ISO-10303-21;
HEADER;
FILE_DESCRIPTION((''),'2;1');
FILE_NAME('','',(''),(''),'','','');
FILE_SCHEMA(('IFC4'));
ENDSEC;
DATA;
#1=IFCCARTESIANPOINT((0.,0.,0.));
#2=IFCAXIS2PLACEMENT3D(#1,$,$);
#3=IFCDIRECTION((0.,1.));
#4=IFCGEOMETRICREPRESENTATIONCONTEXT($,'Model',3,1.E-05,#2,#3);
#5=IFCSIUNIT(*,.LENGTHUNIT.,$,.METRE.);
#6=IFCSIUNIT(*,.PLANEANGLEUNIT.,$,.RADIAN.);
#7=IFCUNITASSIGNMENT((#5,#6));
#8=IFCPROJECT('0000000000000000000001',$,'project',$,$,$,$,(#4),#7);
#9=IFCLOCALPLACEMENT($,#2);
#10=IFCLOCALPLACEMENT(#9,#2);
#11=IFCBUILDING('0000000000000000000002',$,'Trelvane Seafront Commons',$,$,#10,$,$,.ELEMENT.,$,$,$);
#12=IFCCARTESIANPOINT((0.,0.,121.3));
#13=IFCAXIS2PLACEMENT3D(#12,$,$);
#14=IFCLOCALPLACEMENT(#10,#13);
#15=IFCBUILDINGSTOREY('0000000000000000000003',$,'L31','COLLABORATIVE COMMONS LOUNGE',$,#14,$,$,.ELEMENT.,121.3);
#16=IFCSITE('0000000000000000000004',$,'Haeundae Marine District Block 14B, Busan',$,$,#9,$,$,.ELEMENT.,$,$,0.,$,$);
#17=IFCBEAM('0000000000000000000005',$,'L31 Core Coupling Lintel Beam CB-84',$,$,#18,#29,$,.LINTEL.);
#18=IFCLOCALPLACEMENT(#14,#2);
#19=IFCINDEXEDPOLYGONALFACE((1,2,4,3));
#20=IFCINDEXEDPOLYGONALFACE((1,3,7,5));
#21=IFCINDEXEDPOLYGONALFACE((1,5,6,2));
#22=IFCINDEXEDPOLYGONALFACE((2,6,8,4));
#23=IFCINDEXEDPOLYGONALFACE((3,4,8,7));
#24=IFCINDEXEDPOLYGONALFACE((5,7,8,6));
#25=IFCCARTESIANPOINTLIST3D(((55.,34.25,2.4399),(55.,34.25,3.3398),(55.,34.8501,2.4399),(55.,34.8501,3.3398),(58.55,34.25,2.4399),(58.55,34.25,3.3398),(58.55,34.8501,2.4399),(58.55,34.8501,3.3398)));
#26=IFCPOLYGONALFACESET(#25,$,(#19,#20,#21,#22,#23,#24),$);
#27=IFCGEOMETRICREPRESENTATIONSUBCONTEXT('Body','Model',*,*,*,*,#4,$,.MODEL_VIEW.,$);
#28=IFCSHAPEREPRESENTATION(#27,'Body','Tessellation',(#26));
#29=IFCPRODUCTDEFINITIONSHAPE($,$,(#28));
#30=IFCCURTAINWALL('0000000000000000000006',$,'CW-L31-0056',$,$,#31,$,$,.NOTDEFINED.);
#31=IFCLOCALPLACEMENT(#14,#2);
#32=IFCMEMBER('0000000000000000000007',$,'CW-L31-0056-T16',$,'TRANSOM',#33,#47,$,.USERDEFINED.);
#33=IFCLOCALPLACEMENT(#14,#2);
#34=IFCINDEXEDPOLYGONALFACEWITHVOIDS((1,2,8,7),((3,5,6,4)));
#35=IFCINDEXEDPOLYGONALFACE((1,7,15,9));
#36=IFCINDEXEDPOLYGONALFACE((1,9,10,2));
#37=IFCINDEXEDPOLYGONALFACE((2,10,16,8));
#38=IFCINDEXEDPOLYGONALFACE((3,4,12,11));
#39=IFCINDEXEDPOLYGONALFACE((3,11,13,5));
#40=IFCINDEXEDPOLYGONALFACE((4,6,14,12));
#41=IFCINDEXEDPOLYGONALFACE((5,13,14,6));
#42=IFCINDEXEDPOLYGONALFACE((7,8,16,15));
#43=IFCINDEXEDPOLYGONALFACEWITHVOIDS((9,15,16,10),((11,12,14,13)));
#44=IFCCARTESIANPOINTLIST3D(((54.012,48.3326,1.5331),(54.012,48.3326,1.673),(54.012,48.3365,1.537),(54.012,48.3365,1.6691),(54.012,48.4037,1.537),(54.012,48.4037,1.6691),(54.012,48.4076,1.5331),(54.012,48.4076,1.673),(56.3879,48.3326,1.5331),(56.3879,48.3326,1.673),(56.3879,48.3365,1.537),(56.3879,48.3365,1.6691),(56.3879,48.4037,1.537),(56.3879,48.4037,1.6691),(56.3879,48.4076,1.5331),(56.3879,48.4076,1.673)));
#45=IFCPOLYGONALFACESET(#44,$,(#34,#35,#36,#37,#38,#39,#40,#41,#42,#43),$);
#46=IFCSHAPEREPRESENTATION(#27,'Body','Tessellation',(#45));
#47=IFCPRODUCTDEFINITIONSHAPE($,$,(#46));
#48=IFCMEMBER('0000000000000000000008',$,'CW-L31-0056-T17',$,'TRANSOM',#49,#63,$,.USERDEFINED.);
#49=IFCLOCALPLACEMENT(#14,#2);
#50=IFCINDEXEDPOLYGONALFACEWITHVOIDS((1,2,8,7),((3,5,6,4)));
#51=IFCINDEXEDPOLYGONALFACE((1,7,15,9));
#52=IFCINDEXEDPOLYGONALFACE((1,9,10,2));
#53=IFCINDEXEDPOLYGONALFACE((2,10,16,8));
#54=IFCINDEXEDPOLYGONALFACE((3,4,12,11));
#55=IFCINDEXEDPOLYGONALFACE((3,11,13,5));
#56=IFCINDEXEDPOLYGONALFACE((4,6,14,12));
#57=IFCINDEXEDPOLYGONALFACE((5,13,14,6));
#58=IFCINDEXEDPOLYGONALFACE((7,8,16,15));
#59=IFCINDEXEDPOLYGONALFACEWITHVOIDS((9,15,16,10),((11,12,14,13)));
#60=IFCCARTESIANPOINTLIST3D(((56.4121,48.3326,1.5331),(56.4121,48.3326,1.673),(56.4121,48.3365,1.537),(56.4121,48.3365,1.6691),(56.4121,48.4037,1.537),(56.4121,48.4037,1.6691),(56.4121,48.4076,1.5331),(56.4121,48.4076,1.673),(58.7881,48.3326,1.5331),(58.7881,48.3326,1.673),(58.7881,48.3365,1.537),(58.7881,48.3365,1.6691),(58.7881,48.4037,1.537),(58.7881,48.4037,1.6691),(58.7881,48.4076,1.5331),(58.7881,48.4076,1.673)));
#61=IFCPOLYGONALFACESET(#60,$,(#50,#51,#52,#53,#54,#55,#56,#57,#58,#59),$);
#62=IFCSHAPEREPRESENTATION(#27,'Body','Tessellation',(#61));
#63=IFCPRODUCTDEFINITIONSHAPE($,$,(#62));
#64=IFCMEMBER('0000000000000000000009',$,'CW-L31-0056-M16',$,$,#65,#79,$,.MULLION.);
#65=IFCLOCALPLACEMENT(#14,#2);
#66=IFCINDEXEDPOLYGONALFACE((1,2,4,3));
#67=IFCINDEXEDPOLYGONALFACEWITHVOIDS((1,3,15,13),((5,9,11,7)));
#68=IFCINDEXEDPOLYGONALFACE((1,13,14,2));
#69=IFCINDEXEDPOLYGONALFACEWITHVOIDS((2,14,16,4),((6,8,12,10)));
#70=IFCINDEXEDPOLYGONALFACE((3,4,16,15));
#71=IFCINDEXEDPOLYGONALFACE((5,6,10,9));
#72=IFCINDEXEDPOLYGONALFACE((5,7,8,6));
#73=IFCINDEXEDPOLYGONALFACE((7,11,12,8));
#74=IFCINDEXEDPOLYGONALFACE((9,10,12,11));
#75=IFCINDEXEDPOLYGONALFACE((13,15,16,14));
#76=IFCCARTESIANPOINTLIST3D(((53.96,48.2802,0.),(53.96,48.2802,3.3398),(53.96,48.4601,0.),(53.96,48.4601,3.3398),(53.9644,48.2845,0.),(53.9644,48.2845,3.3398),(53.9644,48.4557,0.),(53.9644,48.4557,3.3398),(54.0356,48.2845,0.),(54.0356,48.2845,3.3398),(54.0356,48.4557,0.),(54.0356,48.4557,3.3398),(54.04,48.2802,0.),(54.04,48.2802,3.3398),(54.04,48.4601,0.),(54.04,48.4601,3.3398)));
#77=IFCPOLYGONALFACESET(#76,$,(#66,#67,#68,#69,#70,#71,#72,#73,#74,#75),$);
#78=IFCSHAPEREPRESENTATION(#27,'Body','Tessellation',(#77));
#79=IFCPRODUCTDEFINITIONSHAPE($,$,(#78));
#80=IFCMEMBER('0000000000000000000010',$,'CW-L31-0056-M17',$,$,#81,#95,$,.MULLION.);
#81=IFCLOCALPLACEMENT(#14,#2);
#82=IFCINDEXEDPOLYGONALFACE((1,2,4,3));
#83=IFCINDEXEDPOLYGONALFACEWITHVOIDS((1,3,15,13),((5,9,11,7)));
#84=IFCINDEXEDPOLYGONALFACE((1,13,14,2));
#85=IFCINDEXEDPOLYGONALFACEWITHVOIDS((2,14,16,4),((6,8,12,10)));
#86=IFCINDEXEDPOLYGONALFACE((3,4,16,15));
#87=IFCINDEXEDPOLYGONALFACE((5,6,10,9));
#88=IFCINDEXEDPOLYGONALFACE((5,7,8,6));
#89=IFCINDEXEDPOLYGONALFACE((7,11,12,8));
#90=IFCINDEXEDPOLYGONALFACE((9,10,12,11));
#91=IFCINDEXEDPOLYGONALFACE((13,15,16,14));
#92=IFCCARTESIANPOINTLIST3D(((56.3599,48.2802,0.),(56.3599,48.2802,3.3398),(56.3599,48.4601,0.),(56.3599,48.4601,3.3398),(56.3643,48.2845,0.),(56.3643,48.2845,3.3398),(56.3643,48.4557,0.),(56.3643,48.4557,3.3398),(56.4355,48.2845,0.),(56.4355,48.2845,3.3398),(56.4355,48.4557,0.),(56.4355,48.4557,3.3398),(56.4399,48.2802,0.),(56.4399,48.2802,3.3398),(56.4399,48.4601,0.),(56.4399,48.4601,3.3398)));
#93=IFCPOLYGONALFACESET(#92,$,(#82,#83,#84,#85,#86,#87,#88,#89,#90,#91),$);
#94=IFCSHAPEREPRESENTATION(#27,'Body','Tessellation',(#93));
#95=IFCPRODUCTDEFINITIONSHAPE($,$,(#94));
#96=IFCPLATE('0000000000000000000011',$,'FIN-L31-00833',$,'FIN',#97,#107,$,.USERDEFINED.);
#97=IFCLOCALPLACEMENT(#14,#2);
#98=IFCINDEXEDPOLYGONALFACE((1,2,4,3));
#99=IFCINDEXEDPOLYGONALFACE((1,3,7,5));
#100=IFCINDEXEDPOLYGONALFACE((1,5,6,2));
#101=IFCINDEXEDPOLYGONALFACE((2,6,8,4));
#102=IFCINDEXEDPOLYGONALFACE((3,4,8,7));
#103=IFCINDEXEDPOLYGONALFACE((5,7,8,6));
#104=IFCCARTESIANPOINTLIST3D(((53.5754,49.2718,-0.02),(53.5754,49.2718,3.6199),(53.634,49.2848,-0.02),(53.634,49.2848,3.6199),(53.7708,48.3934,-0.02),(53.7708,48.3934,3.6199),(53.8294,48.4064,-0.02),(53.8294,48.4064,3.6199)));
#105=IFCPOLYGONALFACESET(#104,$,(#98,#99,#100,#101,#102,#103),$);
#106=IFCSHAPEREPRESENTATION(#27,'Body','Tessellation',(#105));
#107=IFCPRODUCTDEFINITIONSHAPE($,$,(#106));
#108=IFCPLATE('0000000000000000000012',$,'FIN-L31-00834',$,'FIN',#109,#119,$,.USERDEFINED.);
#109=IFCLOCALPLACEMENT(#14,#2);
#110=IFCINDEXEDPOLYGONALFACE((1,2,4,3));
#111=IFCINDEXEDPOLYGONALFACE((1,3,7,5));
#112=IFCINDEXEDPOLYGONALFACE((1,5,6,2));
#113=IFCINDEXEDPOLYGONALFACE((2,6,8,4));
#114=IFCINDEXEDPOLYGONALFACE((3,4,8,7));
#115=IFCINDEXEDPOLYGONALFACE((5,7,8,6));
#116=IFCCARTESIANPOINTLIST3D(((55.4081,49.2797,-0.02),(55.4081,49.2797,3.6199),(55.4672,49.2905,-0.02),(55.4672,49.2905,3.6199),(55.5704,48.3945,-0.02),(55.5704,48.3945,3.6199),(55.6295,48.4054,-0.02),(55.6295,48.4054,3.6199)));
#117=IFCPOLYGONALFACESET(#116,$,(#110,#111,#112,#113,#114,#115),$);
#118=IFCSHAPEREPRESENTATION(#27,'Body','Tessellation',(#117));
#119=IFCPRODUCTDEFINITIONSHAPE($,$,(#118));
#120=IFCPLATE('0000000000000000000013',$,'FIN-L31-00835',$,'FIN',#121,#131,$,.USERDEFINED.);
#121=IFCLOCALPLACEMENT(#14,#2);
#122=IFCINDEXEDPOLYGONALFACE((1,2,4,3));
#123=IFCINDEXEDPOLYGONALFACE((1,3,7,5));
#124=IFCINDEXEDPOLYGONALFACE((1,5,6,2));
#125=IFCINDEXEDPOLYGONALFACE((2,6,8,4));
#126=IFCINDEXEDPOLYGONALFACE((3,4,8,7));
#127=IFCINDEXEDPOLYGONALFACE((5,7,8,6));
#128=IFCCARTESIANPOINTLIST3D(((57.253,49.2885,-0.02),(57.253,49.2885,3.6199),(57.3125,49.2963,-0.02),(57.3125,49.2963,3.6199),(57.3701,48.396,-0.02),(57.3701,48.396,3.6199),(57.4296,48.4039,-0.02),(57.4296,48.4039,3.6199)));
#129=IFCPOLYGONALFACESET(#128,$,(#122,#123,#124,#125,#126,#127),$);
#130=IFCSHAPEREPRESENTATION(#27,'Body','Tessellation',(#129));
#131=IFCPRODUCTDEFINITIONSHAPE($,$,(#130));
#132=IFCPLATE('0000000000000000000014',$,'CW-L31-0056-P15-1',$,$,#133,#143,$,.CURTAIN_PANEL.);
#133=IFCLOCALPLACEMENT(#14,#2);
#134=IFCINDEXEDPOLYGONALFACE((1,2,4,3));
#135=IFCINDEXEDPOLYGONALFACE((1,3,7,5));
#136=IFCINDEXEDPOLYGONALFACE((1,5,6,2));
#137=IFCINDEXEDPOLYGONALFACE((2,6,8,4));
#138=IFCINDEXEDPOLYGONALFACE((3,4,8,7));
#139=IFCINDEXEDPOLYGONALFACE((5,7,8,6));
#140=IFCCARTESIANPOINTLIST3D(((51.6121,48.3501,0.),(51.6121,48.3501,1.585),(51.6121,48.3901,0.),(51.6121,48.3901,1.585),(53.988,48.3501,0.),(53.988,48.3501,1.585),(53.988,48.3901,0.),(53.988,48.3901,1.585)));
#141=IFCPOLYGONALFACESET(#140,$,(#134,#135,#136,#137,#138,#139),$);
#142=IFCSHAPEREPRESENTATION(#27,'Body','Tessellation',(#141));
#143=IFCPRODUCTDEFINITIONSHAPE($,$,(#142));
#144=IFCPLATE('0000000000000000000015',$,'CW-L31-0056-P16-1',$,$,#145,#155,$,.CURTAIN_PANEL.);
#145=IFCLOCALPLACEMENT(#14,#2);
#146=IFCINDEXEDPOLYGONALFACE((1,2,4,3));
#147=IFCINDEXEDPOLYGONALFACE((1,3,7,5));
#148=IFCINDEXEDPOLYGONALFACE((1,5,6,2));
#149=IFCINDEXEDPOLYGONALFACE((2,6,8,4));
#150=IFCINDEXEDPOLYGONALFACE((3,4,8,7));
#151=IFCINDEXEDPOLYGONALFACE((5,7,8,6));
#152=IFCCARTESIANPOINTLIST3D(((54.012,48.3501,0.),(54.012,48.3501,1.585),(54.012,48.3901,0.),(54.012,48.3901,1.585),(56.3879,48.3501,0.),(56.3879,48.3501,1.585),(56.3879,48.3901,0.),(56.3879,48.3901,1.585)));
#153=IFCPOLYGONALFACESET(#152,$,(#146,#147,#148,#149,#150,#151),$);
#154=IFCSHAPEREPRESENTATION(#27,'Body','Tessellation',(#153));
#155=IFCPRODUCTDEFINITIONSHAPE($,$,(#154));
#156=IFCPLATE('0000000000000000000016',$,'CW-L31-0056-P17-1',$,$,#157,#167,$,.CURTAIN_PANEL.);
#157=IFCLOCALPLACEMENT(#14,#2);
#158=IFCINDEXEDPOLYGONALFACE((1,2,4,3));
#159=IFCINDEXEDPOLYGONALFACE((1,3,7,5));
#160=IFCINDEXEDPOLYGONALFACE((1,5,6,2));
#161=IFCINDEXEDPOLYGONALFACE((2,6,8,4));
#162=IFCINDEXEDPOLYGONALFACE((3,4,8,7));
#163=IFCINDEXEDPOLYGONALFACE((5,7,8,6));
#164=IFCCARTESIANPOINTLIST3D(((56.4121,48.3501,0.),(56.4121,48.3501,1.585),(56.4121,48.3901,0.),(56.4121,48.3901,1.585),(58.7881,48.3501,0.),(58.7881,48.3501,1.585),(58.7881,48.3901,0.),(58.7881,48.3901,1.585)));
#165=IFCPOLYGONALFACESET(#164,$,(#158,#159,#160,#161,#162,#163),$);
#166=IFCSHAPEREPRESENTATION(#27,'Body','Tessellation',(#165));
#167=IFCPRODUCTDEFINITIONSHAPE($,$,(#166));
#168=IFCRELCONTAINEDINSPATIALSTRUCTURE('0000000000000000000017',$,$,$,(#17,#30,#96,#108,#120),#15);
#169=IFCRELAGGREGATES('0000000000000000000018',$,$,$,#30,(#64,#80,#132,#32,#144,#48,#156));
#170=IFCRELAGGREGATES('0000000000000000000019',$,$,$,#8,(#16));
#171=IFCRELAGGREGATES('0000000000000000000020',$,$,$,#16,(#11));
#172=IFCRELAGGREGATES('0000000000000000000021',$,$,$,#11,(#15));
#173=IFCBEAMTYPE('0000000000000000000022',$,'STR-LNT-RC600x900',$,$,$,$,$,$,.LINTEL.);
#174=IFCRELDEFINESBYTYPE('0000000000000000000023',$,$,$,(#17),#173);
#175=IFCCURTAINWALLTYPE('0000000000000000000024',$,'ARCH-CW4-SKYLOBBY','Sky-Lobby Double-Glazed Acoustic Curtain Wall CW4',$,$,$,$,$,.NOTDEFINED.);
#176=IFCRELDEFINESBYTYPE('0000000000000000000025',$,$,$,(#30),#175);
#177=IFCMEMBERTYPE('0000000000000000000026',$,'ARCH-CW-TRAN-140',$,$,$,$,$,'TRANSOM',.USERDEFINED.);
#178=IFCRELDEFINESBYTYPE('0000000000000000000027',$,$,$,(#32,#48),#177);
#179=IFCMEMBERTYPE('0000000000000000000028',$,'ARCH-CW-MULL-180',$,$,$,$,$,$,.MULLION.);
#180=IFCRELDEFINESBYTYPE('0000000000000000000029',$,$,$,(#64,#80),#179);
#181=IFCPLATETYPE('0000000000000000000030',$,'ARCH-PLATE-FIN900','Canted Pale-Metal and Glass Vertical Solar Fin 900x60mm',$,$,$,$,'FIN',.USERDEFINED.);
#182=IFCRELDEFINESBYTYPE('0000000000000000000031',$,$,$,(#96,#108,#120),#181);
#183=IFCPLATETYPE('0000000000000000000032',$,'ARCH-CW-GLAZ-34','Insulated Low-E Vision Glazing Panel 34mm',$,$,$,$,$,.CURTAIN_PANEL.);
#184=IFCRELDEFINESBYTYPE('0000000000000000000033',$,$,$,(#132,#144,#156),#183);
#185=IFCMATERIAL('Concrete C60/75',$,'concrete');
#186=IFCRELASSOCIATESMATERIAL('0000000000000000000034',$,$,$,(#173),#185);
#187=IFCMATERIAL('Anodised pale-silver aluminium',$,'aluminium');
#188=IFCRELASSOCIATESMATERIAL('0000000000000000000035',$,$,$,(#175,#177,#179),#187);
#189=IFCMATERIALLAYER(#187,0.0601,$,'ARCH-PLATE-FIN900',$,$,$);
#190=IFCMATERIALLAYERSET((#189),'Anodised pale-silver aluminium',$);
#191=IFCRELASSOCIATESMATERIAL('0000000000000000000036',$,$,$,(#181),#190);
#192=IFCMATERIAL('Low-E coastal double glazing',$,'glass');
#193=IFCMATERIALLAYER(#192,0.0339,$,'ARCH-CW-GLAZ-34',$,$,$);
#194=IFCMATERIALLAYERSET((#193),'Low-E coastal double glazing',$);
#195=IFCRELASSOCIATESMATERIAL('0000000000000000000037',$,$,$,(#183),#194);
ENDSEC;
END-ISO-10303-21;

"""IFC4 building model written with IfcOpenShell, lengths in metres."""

from ifc_helpers import new_model, si_unit, direction, frame, origin, origin_2d, place, context, subcontext, project, spatial, rectangle, hollow_rectangle, extrude, source, transform, mapped, material, layer, layer_set, material_profile, profile_set, type_object, element, aggregate, save


model = new_model("IFC4")

# Units and contexts
model_context = context("Model", 3, precision=1e-05, world=origin(), true_north=direction((0.0, 1.0)))
body_context = subcontext(model_context, "Body", "Model", "MODEL_VIEW")
ifc_project = project(units=[si_unit("LENGTHUNIT", "METRE"), si_unit("PLANEANGLEUNIT", "RADIAN")], contexts=[model_context])

# Site, building, storey
site_placement = place(None, origin())
site = spatial("IfcSite", under=ifc_project, at=site_placement, Name="Haeundae Marine District Block 14B, Busan", CompositionType="ELEMENT", RefElevation=0.0)
building_placement = place(site_placement, origin())
building = spatial("IfcBuilding", under=site, at=building_placement, Name="Trelvane Seafront Commons", CompositionType="ELEMENT")
storey_placement = place(building_placement, frame((0.0, 0.0, 121.3)))
storey = spatial("IfcBuildingStorey", under=building, at=storey_placement, Name="L31", Description="COLLABORATIVE COMMONS LOUNGE", CompositionType="ELEMENT", Elevation=121.3)

# Beam
ifc_material_1 = material(Name="Concrete C60/75", Category="concrete")
ifc_material_profile_1 = material_profile(ifc_material_1, rectangle(XDim=0.6001, YDim=0.8999, at=origin_2d()), Name="RC-600x900")
ifc_profile_set_1 = profile_set([ifc_material_profile_1], Name="Concrete C60/75")
beam_type = type_object("IfcBeamType", Name="STR-LNT-RC600x900", PredefinedType="LINTEL", material=ifc_profile_set_1)
shared_shape_1 = source(origin(), body_context, "Body", "SweptSolid", [
    extrude(rectangle(XDim=0.6001, YDim=0.8999, at=origin_2d()), origin(), (0.0, 0.0, 1.0), 3.55),
])
beam_placement = place(storey_placement, frame((55.0, 34.55, 2.8899), z_axis=(1.0, 0.0, 0.0), x_axis=(0.0, 1.0, 0.0)))
element("IfcBeam", 1, at=beam_placement, inside=storey, type_object=beam_type, Name="L31 Core Coupling Lintel Beam CB-84", PredefinedType="LINTEL", context=body_context, shape_type="MappedRepresentation", body=[
    mapped(shared_shape_1, transform((0.0, 0.0, 0.0), x_axis=(1.0, 0.0, 0.0), y_axis=(0.0, 1.0, 0.0), z_axis=(0.0, 0.0, 1.0), scale=1.0)),
])

# Curtain wall, members
ifc_material_2 = material(Name="Anodised pale-silver aluminium", Category="aluminium")
curtain_wall_type = type_object("IfcCurtainWallType", Name="ARCH-CW4-SKYLOBBY", Description="Sky-Lobby Double-Glazed Acoustic Curtain Wall CW4", PredefinedType="NOTDEFINED", material=ifc_material_2)
curtain_wall_placement = place(storey_placement, origin())
curtain_wall = element("IfcCurtainWall", 2, at=curtain_wall_placement, inside=storey, type_object=curtain_wall_type, Name="CW-L31-0056", PredefinedType="NOTDEFINED")
ifc_material_profile_2 = material_profile(ifc_material_2, hollow_rectangle(XDim=0.075, YDim=0.1399, WallThickness=0.0039, at=origin_2d()), Name="TRAN-75x140x4")
ifc_profile_set_2 = profile_set([ifc_material_profile_2], Name="Anodised pale-silver aluminium")
member_type_1 = type_object("IfcMemberType", Name="ARCH-CW-TRAN-140", ElementType="TRANSOM", PredefinedType="USERDEFINED", material=ifc_profile_set_2)
shared_shape_2 = source(origin(), body_context, "Body", "SweptSolid", [
    extrude(hollow_rectangle(XDim=0.075, YDim=0.1399, WallThickness=0.0039, at=origin_2d()), origin(), (0.0, 0.0, 1.0), 2.376),
])
member_1_placement = place(storey_placement, frame((54.012, 48.3701, 1.603), z_axis=(1.0, 0.0, 0.0), x_axis=(0.0, 1.0, 0.0)))
member_1 = element("IfcMember", 3, at=member_1_placement, type_object=member_type_1, Name="CW-L31-0056-T16", ObjectType="TRANSOM", PredefinedType="USERDEFINED", context=body_context, shape_type="MappedRepresentation", body=[
    mapped(shared_shape_2, transform((0.0, 0.0, 0.0), x_axis=(1.0, 0.0, 0.0), y_axis=(0.0, 1.0, 0.0), z_axis=(0.0, 0.0, 1.0), scale=1.0)),
])
member_2_placement = place(storey_placement, frame((56.4121, 48.3701, 1.603), z_axis=(1.0, 0.0, 0.0), x_axis=(0.0, 1.0, 0.0)))
member_2 = element("IfcMember", 4, at=member_2_placement, type_object=member_type_1, Name="CW-L31-0056-T17", ObjectType="TRANSOM", PredefinedType="USERDEFINED", context=body_context, shape_type="MappedRepresentation", body=[
    mapped(shared_shape_2, transform((0.0, 0.0, 0.0), x_axis=(1.0, 0.0, 0.0), y_axis=(0.0, 1.0, 0.0), z_axis=(0.0, 0.0, 1.0), scale=1.0)),
])
ifc_material_profile_3 = material_profile(ifc_material_2, hollow_rectangle(XDim=0.0801, YDim=0.1799, WallThickness=0.0044, at=origin_2d()), Name="MULL-80x180x4.5")
ifc_profile_set_3 = profile_set([ifc_material_profile_3], Name="Anodised pale-silver aluminium")
member_type_2 = type_object("IfcMemberType", Name="ARCH-CW-MULL-180", PredefinedType="MULLION", material=ifc_profile_set_3)
shared_shape_3 = source(origin(), body_context, "Body", "SweptSolid", [
    extrude(hollow_rectangle(XDim=0.0801, YDim=0.1799, WallThickness=0.0044, at=origin_2d()), origin(), (0.0, 0.0, 1.0), 3.3398),
])
member_3_placement = place(storey_placement, frame((54.0, 48.3701, 0.0), z_axis=(0.0, 0.0, 1.0), x_axis=(1.0, 0.0, 0.0)))
member_3 = element("IfcMember", 5, at=member_3_placement, type_object=member_type_2, Name="CW-L31-0056-M16", PredefinedType="MULLION", context=body_context, shape_type="MappedRepresentation", body=[
    mapped(shared_shape_3, transform((0.0, 0.0, 0.0), x_axis=(1.0, 0.0, 0.0), y_axis=(0.0, 1.0, 0.0), z_axis=(0.0, 0.0, 1.0), scale=1.0)),
])
member_4_placement = place(storey_placement, frame((56.3999, 48.3701, 0.0), z_axis=(0.0, 0.0, 1.0), x_axis=(1.0, 0.0, 0.0)))
member_4 = element("IfcMember", 6, at=member_4_placement, type_object=member_type_2, Name="CW-L31-0056-M17", PredefinedType="MULLION", context=body_context, shape_type="MappedRepresentation", body=[
    mapped(shared_shape_3, transform((0.0, 0.0, 0.0), x_axis=(1.0, 0.0, 0.0), y_axis=(0.0, 1.0, 0.0), z_axis=(0.0, 0.0, 1.0), scale=1.0)),
])

# Plates
ifc_layer_1 = layer(ifc_material_2, 0.0601, Name="ARCH-PLATE-FIN900")
ifc_layer_set_1 = layer_set([ifc_layer_1], Name="Anodised pale-silver aluminium")
plate_type_1 = type_object("IfcPlateType", Name="ARCH-PLATE-FIN900", Description="Canted Pale-Metal and Glass Vertical Solar Fin 900x60mm", ElementType="FIN", PredefinedType="USERDEFINED", material=ifc_layer_set_1)
shared_shape_4 = source(origin(), body_context, "Body", "SweptSolid", [
    extrude(rectangle(XDim=0.8999, YDim=0.0601, at=origin_2d()), origin(), (0.0, 0.0, 1.0), 3.6399),
])
for number, where, z_axis, x_axis, name in (
    (7, (53.7024, 48.8391, -0.02), (0.0, 0.0, 1.0), (-0.217119, 0.976145, 0.0), "FIN-L31-00833"),
    (8, (55.5188, 48.8425, -0.02), (0.0, 0.0, 1.0), (-0.180342, 0.983604, 0.0), "FIN-L31-00834"),
):
    element("IfcPlate", number, at=place(storey_placement, frame(where, z_axis=z_axis, x_axis=x_axis)), inside=storey, type_object=plate_type_1, Name=name, ObjectType="FIN", PredefinedType="USERDEFINED", context=body_context, shape_type="MappedRepresentation", body=[
        mapped(shared_shape_4, transform((0.0, 0.0, 0.0), x_axis=(1.0, 0.0, 0.0), y_axis=(0.0, 1.0, 0.0), z_axis=(0.0, 0.0, 1.0), scale=1.0)),
    ])
shared_shape_5 = source(origin(), body_context, "Body", "SweptSolid", [
    extrude(rectangle(XDim=0.9001, YDim=0.0601, at=origin_2d()), origin(), (0.0, 0.0, 1.0), 3.6399),
])
plate_1_placement = place(storey_placement, frame((57.3413, 48.8462, -0.02), z_axis=(0.0, 0.0, 1.0), x_axis=(-0.130104, 0.9915, 0.0)))
element("IfcPlate", 9, at=plate_1_placement, inside=storey, type_object=plate_type_1, Name="FIN-L31-00835", ObjectType="FIN", PredefinedType="USERDEFINED", context=body_context, shape_type="MappedRepresentation", body=[
    mapped(shared_shape_5, transform((0.0, 0.0, 0.0), x_axis=(1.0, 0.0, 0.0), y_axis=(0.0, 1.0, 0.0), z_axis=(0.0, 0.0, 1.0), scale=1.0)),
])

# Plates
ifc_material_3 = material(Name="Low-E coastal double glazing", Category="glass")
ifc_layer_2 = layer(ifc_material_3, 0.0339, Name="ARCH-CW-GLAZ-34")
ifc_layer_set_2 = layer_set([ifc_layer_2], Name="Low-E coastal double glazing")
plate_type_2 = type_object("IfcPlateType", Name="ARCH-CW-GLAZ-34", Description="Insulated Low-E Vision Glazing Panel 34mm", PredefinedType="CURTAIN_PANEL", material=ifc_layer_set_2)
shared_shape_6 = source(origin(), body_context, "Body", "SweptSolid", [
    extrude(rectangle(XDim=2.376, YDim=0.04, at=origin_2d()), origin(), (0.0, 0.0, 1.0), 1.585),
])
plate_2_placement = place(storey_placement, frame((52.8, 48.3701, 0.0), z_axis=(0.0, 0.0, 1.0), x_axis=(1.0, 0.0, 0.0)))
plate_2 = element("IfcPlate", 10, at=plate_2_placement, type_object=plate_type_2, Name="CW-L31-0056-P15-1", PredefinedType="CURTAIN_PANEL", context=body_context, shape_type="MappedRepresentation", body=[
    mapped(shared_shape_6, transform((0.0, 0.0, 0.0), x_axis=(1.0, 0.0, 0.0), y_axis=(0.0, 1.0, 0.0), z_axis=(0.0, 0.0, 1.0), scale=1.0)),
])
plate_3_placement = place(storey_placement, frame((55.2, 48.3701, 0.0), z_axis=(0.0, 0.0, 1.0), x_axis=(1.0, 0.0, 0.0)))
plate_3 = element("IfcPlate", 11, at=plate_3_placement, type_object=plate_type_2, Name="CW-L31-0056-P16-1", PredefinedType="CURTAIN_PANEL", context=body_context, shape_type="MappedRepresentation", body=[
    mapped(shared_shape_6, transform((0.0, 0.0, 0.0), x_axis=(1.0, 0.0, 0.0), y_axis=(0.0, 1.0, 0.0), z_axis=(0.0, 0.0, 1.0), scale=1.0)),
])
plate_4_placement = place(storey_placement, frame((57.6001, 48.3701, 0.0), z_axis=(0.0, 0.0, 1.0), x_axis=(1.0, 0.0, 0.0)))
plate_4 = element("IfcPlate", 12, at=plate_4_placement, type_object=plate_type_2, Name="CW-L31-0056-P17-1", PredefinedType="CURTAIN_PANEL", context=body_context, shape_type="MappedRepresentation", body=[
    mapped(shared_shape_6, transform((0.0, 0.0, 0.0), x_axis=(1.0, 0.0, 0.0), y_axis=(0.0, 1.0, 0.0), z_axis=(0.0, 0.0, 1.0), scale=1.0)),
])
aggregate(curtain_wall, [member_3, member_4, plate_2, member_1, plate_3, member_2, plate_4])

save(model, "model.ifc")
